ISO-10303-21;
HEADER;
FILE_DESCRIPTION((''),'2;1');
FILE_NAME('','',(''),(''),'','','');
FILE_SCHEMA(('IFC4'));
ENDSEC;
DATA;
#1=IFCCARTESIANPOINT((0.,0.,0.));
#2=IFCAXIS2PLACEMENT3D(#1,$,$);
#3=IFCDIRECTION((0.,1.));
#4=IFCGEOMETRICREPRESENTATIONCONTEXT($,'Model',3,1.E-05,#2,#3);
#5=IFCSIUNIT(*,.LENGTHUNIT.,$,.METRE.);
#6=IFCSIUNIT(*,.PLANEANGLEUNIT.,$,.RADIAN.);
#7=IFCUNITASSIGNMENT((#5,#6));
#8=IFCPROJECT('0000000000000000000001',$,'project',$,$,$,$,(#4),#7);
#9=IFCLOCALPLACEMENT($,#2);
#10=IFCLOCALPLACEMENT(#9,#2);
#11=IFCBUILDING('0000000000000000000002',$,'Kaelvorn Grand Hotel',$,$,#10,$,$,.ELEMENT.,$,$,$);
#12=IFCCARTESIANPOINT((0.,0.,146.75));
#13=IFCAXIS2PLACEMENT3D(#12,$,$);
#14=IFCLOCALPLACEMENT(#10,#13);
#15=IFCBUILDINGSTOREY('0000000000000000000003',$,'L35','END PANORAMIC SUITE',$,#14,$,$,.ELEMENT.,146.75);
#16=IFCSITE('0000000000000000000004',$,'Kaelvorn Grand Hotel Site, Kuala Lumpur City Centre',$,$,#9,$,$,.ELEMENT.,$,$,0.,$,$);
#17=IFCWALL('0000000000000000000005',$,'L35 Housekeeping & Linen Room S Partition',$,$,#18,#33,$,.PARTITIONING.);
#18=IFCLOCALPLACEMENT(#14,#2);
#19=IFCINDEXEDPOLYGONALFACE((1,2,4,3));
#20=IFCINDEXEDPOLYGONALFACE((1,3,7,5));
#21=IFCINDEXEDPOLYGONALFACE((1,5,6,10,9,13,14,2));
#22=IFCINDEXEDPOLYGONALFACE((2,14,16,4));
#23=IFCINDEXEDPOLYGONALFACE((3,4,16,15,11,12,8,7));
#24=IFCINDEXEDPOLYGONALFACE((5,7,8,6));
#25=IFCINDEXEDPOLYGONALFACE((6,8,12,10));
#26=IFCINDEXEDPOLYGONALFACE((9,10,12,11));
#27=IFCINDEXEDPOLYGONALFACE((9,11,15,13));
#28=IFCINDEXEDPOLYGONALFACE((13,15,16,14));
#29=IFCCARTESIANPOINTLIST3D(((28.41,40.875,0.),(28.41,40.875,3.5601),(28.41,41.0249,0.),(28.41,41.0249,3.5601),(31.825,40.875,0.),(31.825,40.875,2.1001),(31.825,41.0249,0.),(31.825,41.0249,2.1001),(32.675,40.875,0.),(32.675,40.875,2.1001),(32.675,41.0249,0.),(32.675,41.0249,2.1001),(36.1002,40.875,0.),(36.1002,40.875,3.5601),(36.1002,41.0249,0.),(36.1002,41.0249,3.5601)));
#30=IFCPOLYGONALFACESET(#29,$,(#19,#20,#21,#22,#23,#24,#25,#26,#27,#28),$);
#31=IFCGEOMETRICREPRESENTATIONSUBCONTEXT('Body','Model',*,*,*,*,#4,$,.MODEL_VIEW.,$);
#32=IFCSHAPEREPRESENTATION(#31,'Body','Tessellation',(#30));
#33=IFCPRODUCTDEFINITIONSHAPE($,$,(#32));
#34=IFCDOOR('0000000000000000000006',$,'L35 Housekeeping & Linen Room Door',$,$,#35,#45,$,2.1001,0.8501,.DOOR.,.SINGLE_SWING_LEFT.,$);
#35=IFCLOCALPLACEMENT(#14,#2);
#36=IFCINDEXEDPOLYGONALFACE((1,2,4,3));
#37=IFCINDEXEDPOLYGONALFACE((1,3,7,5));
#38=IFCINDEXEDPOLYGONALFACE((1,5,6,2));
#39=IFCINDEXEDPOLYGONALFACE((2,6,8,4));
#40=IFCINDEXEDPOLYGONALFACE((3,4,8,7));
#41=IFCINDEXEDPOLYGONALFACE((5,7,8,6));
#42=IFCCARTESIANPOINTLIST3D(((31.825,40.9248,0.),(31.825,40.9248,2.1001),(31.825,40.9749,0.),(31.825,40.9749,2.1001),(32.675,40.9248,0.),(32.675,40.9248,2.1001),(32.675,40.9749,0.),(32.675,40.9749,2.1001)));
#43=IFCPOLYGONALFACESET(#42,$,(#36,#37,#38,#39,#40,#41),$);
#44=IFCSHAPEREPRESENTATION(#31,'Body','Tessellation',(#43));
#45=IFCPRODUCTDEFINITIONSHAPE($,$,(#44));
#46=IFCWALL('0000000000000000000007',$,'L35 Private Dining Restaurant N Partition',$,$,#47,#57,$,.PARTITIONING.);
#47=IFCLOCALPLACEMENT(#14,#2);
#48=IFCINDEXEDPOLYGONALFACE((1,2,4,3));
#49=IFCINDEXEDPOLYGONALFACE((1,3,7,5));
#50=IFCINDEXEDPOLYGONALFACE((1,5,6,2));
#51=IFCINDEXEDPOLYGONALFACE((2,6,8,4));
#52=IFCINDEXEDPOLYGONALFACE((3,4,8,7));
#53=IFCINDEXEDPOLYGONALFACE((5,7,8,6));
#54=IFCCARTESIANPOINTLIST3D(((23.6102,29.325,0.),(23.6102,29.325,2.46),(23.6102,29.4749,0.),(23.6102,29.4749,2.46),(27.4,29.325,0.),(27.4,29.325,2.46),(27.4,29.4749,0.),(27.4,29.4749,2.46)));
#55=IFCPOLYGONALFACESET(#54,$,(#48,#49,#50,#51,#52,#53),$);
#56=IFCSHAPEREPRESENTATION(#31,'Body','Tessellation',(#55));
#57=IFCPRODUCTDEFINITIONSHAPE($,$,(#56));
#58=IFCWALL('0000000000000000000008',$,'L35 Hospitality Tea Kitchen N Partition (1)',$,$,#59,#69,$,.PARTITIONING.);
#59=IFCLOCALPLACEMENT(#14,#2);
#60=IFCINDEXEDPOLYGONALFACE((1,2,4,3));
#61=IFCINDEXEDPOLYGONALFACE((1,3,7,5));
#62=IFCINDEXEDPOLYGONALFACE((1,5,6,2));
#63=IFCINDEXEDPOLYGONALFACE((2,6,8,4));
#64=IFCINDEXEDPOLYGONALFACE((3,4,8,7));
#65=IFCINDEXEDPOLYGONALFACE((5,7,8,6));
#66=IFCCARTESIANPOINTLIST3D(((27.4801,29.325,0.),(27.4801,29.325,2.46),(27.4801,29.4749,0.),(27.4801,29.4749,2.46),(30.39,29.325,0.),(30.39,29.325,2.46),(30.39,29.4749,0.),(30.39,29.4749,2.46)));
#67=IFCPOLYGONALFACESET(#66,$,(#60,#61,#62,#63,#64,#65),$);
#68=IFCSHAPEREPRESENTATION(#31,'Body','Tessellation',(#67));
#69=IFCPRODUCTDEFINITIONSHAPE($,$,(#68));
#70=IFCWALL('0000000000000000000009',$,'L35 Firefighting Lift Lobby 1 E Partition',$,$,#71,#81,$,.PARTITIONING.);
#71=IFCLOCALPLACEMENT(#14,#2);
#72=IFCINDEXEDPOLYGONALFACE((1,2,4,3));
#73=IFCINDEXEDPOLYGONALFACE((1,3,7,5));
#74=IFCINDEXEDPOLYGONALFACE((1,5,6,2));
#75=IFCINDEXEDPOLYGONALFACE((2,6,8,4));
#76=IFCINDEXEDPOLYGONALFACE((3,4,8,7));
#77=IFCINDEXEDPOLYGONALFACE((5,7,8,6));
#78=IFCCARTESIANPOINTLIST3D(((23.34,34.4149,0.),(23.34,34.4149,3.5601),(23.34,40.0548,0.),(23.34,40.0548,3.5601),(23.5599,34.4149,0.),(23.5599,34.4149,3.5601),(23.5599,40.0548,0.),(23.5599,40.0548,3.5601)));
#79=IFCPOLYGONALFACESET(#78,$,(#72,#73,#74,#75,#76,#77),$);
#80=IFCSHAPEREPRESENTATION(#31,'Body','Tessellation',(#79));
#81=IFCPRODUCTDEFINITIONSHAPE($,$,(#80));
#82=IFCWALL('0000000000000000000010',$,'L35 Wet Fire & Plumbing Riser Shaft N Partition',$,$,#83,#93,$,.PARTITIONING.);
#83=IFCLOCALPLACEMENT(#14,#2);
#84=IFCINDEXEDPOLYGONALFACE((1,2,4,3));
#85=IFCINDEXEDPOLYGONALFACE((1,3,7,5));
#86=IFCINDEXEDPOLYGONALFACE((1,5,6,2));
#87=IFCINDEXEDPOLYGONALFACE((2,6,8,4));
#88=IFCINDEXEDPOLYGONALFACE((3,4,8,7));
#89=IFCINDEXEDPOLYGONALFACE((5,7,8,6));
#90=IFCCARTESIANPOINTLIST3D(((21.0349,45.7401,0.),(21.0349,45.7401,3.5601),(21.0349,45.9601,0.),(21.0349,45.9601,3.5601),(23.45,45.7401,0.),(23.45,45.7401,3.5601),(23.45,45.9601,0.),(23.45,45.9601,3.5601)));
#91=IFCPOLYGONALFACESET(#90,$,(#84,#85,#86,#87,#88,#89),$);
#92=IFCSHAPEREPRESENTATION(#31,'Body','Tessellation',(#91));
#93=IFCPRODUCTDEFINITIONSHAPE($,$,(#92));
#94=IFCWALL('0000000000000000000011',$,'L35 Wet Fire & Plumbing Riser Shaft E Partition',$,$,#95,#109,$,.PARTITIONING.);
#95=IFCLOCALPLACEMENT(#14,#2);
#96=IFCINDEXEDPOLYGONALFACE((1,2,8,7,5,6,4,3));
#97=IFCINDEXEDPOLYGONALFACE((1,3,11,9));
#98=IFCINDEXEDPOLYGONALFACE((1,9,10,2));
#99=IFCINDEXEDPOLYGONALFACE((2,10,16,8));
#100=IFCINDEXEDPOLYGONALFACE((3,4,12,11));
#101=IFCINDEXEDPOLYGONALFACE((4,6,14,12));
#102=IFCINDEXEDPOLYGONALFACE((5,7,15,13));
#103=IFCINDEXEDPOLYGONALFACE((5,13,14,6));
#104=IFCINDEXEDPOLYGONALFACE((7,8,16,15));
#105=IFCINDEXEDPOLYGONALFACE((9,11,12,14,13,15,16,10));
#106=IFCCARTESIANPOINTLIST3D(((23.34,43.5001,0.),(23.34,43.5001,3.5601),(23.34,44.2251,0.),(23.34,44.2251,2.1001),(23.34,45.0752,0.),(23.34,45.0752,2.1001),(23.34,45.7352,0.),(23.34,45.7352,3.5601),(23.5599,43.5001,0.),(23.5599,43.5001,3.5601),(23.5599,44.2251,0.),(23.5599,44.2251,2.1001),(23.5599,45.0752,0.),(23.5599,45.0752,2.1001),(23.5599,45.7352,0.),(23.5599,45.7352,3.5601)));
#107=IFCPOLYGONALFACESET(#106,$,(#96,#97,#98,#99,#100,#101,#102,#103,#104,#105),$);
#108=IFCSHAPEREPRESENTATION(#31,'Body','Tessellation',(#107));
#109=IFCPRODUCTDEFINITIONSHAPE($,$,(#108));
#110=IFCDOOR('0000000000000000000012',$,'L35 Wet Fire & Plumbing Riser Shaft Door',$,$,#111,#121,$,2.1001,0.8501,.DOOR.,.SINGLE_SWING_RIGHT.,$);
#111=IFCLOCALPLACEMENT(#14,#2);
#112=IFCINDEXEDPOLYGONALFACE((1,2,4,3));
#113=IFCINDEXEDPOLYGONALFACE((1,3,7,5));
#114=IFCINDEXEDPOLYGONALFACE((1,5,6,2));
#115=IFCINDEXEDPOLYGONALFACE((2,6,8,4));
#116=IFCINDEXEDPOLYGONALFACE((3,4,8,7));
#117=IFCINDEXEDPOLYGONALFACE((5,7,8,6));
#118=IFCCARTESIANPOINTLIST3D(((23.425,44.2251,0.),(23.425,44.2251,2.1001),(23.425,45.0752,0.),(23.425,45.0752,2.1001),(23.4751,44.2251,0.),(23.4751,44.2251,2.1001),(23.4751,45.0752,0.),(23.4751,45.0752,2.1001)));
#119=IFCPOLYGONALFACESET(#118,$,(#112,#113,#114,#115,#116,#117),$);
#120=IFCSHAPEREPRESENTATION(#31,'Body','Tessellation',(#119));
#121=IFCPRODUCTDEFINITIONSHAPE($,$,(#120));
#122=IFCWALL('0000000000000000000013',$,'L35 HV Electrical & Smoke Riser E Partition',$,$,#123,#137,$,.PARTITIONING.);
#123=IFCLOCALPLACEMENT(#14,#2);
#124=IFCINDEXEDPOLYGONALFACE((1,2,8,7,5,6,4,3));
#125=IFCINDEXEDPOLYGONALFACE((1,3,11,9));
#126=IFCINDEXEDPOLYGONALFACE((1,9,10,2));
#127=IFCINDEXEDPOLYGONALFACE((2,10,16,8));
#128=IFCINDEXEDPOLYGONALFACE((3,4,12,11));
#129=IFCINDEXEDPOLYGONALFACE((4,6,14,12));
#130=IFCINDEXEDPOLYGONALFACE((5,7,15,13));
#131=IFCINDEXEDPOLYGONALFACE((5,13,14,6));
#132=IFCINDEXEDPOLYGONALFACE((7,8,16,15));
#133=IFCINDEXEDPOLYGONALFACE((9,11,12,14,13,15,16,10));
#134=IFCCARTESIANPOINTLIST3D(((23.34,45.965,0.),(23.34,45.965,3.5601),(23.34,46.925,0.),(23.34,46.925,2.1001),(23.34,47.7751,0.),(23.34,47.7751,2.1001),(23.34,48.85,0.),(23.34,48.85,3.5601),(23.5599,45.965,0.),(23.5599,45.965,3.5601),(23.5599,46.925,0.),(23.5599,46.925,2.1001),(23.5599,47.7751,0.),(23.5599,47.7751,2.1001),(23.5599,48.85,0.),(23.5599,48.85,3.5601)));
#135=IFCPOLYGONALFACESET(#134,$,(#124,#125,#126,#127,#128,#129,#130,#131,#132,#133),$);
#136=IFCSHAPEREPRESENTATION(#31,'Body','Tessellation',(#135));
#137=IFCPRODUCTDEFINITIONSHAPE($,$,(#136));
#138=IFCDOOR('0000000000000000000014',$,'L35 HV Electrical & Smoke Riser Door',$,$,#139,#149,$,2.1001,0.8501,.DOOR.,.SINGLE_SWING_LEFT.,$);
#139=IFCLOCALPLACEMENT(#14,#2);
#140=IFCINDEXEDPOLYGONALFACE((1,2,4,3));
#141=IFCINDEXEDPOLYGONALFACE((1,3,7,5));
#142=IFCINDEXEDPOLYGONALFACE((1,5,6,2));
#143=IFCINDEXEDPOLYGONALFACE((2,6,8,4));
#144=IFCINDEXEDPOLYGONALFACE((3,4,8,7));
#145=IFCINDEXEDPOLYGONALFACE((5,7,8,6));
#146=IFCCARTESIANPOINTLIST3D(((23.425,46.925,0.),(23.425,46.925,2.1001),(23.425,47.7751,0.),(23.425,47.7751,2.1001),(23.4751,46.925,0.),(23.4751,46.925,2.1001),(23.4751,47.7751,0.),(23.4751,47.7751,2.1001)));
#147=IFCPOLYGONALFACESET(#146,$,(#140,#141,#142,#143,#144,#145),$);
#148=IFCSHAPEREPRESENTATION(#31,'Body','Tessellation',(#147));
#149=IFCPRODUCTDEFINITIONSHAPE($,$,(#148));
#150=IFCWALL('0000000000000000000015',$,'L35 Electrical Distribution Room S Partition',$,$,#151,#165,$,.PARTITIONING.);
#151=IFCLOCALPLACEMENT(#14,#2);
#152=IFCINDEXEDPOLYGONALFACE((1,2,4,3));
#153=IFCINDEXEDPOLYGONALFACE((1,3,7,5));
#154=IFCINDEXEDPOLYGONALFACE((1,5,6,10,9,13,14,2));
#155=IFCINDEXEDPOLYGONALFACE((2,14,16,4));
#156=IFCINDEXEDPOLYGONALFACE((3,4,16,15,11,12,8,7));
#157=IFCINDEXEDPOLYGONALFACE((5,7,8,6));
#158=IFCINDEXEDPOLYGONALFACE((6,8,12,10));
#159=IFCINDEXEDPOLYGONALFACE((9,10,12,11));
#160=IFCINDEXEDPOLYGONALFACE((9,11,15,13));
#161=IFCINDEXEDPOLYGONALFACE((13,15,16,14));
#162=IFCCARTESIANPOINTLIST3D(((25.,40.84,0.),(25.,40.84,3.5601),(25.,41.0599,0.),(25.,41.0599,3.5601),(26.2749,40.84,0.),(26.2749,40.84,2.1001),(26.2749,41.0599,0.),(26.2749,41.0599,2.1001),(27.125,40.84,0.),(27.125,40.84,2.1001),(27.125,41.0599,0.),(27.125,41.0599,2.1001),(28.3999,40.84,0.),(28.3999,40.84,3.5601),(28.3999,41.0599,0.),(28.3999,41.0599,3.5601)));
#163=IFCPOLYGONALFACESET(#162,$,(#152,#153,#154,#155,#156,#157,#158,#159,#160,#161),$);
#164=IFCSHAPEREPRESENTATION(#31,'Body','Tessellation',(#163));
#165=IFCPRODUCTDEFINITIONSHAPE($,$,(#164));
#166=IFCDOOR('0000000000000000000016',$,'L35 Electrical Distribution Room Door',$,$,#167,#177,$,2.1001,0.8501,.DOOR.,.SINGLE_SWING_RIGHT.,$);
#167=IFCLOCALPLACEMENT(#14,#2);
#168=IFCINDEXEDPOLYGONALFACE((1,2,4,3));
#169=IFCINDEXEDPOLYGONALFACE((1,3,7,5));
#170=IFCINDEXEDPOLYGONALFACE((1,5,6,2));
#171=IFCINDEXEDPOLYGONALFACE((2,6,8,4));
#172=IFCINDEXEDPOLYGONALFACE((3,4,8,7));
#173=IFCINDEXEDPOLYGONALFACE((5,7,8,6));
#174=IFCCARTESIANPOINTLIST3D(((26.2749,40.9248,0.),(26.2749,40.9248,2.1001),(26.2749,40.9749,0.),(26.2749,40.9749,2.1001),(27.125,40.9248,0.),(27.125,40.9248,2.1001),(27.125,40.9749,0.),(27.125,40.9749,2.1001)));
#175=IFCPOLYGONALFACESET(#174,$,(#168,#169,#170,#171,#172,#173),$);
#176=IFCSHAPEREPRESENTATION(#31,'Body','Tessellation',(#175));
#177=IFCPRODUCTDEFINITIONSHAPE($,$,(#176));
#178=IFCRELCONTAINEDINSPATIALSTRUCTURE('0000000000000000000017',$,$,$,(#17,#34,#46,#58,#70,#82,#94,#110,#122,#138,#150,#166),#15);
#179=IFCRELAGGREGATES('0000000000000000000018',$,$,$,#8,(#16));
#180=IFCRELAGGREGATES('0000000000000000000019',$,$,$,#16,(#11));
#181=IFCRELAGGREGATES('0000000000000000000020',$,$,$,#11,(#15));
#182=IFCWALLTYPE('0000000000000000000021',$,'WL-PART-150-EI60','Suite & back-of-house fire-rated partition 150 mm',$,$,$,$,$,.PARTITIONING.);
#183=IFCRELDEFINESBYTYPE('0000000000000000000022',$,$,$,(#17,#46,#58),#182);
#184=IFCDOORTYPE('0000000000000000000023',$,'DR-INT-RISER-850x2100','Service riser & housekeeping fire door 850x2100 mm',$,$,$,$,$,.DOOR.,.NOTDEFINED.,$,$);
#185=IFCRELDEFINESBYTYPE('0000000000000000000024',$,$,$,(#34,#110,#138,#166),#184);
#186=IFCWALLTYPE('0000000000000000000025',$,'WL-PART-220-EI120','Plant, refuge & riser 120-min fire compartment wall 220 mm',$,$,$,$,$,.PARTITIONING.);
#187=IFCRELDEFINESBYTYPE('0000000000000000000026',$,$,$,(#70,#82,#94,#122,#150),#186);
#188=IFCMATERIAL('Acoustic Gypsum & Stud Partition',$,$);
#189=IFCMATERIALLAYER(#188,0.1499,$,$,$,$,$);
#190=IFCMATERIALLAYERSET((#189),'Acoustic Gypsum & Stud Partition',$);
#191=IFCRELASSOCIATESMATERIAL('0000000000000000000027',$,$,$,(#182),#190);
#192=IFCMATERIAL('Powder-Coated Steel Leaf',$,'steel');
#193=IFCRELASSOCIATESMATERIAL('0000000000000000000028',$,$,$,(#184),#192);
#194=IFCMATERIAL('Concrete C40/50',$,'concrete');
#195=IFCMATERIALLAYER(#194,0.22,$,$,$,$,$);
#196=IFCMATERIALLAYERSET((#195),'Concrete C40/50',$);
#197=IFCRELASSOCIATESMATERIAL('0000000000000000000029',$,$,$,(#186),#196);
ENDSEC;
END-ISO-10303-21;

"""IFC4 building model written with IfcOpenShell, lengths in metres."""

from ifc_helpers import new_model, si_unit, direction, frame, frame_2d, origin, place, context, subcontext, project, spatial, rectangle, extrude, material, layer, layer_set, type_object, element, fill, save


model = new_model("IFC4")

# Units and contexts
model_context = context("Model", 3, precision=1e-05, world=origin(), true_north=direction((0.0, 1.0)))
body_context = subcontext(model_context, "Body", "Model", "MODEL_VIEW")
ifc_project = project(units=[si_unit("LENGTHUNIT", "METRE"), si_unit("PLANEANGLEUNIT", "RADIAN")], contexts=[model_context])

# Site, building, storey
site_placement = place(None, origin())
site = spatial("IfcSite", under=ifc_project, at=site_placement, Name="Kaelvorn Grand Hotel Site, Kuala Lumpur City Centre", CompositionType="ELEMENT", RefElevation=0.0)
building_placement = place(site_placement, origin())
building = spatial("IfcBuilding", under=site, at=building_placement, Name="Kaelvorn Grand Hotel", CompositionType="ELEMENT")
storey_placement = place(building_placement, frame((0.0, 0.0, 146.75)))
storey = spatial("IfcBuildingStorey", under=building, at=storey_placement, Name="L35", Description="END PANORAMIC SUITE", CompositionType="ELEMENT", Elevation=146.75)

# Shared definitions
ifc_material_1 = material(Name="Acoustic Gypsum & Stud Partition")
ifc_layer_1 = layer(ifc_material_1, 0.1499)
ifc_layer_set_1 = layer_set([ifc_layer_1], Name="Acoustic Gypsum & Stud Partition")
wall_type_1 = type_object("IfcWallType", Name="WL-PART-150-EI60", Description="Suite & back-of-house fire-rated partition 150 mm", PredefinedType="PARTITIONING", material=ifc_layer_set_1)

# Wall, opening, door
wall_1_placement = place(storey_placement, frame((28.4099, 40.95, 0.0), z_axis=(0.0, 0.0, 1.0), x_axis=(1.0, 0.0, 0.0)))
wall_1 = element("IfcWall", 1, at=wall_1_placement, inside=storey, type_object=wall_type_1, Name="L35 Housekeeping & Linen Room S Partition", PredefinedType="PARTITIONING", context=body_context, shape_type="SweptSolid", body=[
    extrude(rectangle(XDim=7.6902, YDim=0.1499, at=frame_2d((3.8452, 0.0))), origin(), (0.0, 0.0, 1.0), 3.5601),
])
opening_1_placement = place(wall_1_placement, frame((3.415, 0.0, 0.0)))
opening_1 = element("IfcOpeningElement", 2, at=opening_1_placement, cuts=wall_1, PredefinedType="OPENING", context=body_context, shape_type="SweptSolid", body=[
    extrude(rectangle(XDim=0.8501, YDim=2.1001, at=frame_2d((0.425, 1.05))), frame((0.0, 0.085, 0.0), z_axis=(0.0, -1.0, 0.0), x_axis=(1.0, 0.0, 0.0)), (0.0, 0.0, 1.0), 0.1699),
])
ifc_material_2 = material(Name="Powder-Coated Steel Leaf", Category="steel")
door_type_1 = type_object("IfcDoorType", Name="DR-INT-RISER-850x2100", Description="Service riser & housekeeping fire door 850x2100 mm", OperationType="NOTDEFINED", PredefinedType="DOOR", material=ifc_material_2)
door_1_placement = place(opening_1_placement, origin())
door_1 = element("IfcDoor", 3, at=door_1_placement, inside=storey, type_object=door_type_1, Name="L35 Housekeeping & Linen Room Door", OperationType="SINGLE_SWING_LEFT", OverallHeight=2.1001, OverallWidth=0.8501, PredefinedType="DOOR", context=body_context, shape_type="SweptSolid", body=[
    extrude(rectangle(XDim=0.8501, YDim=2.1001, at=frame_2d((0.425, 1.05))), frame((0.0, 0.0249, 0.0), z_axis=(0.0, -1.0, 0.0), x_axis=(1.0, 0.0, 0.0)), (0.0, 0.0, 1.0), 0.05),
])
fill(opening_1, door_1)

# Walls
wall_2_placement = place(storey_placement, frame((23.6101, 29.3999, 0.0), z_axis=(0.0, 0.0, 1.0), x_axis=(1.0, 0.0, 0.0)))
element("IfcWall", 4, at=wall_2_placement, inside=storey, type_object=wall_type_1, Name="L35 Private Dining Restaurant N Partition", PredefinedType="PARTITIONING", context=body_context, shape_type="SweptSolid", body=[
    extrude(rectangle(XDim=3.7898, YDim=0.1499, at=frame_2d((1.895, 0.0))), origin(), (0.0, 0.0, 1.0), 2.46),
])
wall_3_placement = place(storey_placement, frame((27.48, 29.3999, 0.0), z_axis=(0.0, 0.0, 1.0), x_axis=(1.0, 0.0, 0.0)))
element("IfcWall", 5, at=wall_3_placement, inside=storey, type_object=wall_type_1, Name="L35 Hospitality Tea Kitchen N Partition (1)", PredefinedType="PARTITIONING", context=body_context, shape_type="SweptSolid", body=[
    extrude(rectangle(XDim=2.9099, YDim=0.1499, at=frame_2d((1.4551, 0.0))), origin(), (0.0, 0.0, 1.0), 2.46),
])
ifc_material_3 = material(Name="Concrete C40/50", Category="concrete")
ifc_layer_2 = layer(ifc_material_3, 0.22)
ifc_layer_set_2 = layer_set([ifc_layer_2], Name="Concrete C40/50")
wall_type_2 = type_object("IfcWallType", Name="WL-PART-220-EI120", Description="Plant, refuge & riser 120-min fire compartment wall 220 mm", PredefinedType="PARTITIONING", material=ifc_layer_set_2)
wall_4_placement = place(storey_placement, frame((23.45, 34.415, 0.0), z_axis=(0.0, 0.0, 1.0), x_axis=(0.0, 1.0, 0.0)))
element("IfcWall", 6, at=wall_4_placement, inside=storey, type_object=wall_type_2, Name="L35 Firefighting Lift Lobby 1 E Partition", PredefinedType="PARTITIONING", context=body_context, shape_type="SweptSolid", body=[
    extrude(rectangle(XDim=5.6399, YDim=0.22, at=frame_2d((2.8198, 0.0))), origin(), (0.0, 0.0, 1.0), 3.5601),
])
wall_5_placement = place(storey_placement, frame((21.0349, 45.8501, 0.0), z_axis=(0.0, 0.0, 1.0), x_axis=(1.0, 0.0, 0.0)))
element("IfcWall", 7, at=wall_5_placement, inside=storey, type_object=wall_type_2, Name="L35 Wet Fire & Plumbing Riser Shaft N Partition", PredefinedType="PARTITIONING", context=body_context, shape_type="SweptSolid", body=[
    extrude(rectangle(XDim=2.415, YDim=0.22, at=frame_2d((1.2075, 0.0))), origin(), (0.0, 0.0, 1.0), 3.5601),
])

# Walls, openings, doors
wall_6_placement = place(storey_placement, frame((23.45, 43.5, 0.0), z_axis=(0.0, 0.0, 1.0), x_axis=(0.0, 1.0, 0.0)))
wall_6 = element("IfcWall", 8, at=wall_6_placement, inside=storey, type_object=wall_type_2, Name="L35 Wet Fire & Plumbing Riser Shaft E Partition", PredefinedType="PARTITIONING", context=body_context, shape_type="SweptSolid", body=[
    extrude(rectangle(XDim=2.2351, YDim=0.22, at=frame_2d((1.1177, 0.0))), origin(), (0.0, 0.0, 1.0), 3.5601),
])
opening_2_placement = place(wall_6_placement, frame((0.7251, 0.0, 0.0)))
opening_2 = element("IfcOpeningElement", 9, at=opening_2_placement, cuts=wall_6, PredefinedType="OPENING", context=body_context, shape_type="SweptSolid", body=[
    extrude(rectangle(XDim=0.8501, YDim=2.1001, at=frame_2d((0.425, 1.05))), frame((0.0, 0.1201, 0.0), z_axis=(0.0, -1.0, 0.0), x_axis=(1.0, 0.0, 0.0)), (0.0, 0.0, 1.0), 0.24),
])
door_2_placement = place(opening_2_placement, origin())
door_2 = element("IfcDoor", 10, at=door_2_placement, inside=storey, type_object=door_type_1, Name="L35 Wet Fire & Plumbing Riser Shaft Door", OperationType="SINGLE_SWING_RIGHT", OverallHeight=2.1001, OverallWidth=0.8501, PredefinedType="DOOR", context=body_context, shape_type="SweptSolid", body=[
    extrude(rectangle(XDim=0.8501, YDim=2.1001, at=frame_2d((0.425, 1.05))), frame((0.0, 0.0249, 0.0), z_axis=(0.0, -1.0, 0.0), x_axis=(1.0, 0.0, 0.0)), (0.0, 0.0, 1.0), 0.05),
])
fill(opening_2, door_2)
wall_7_placement = place(storey_placement, frame((23.45, 45.9651, 0.0), z_axis=(0.0, 0.0, 1.0), x_axis=(0.0, 1.0, 0.0)))
wall_7 = element("IfcWall", 11, at=wall_7_placement, inside=storey, type_object=wall_type_2, Name="L35 HV Electrical & Smoke Riser E Partition", PredefinedType="PARTITIONING", context=body_context, shape_type="SweptSolid", body=[
    extrude(rectangle(XDim=2.885, YDim=0.22, at=frame_2d((1.4424, 0.0))), origin(), (0.0, 0.0, 1.0), 3.5601),
])
opening_3_placement = place(wall_7_placement, frame((0.96, 0.0, 0.0)))
opening_3 = element("IfcOpeningElement", 12, at=opening_3_placement, cuts=wall_7, PredefinedType="OPENING", context=body_context, shape_type="SweptSolid", body=[
    extrude(rectangle(XDim=0.8501, YDim=2.1001, at=frame_2d((0.425, 1.05))), frame((0.0, 0.1201, 0.0), z_axis=(0.0, -1.0, 0.0), x_axis=(1.0, 0.0, 0.0)), (0.0, 0.0, 1.0), 0.24),
])
door_3_placement = place(opening_3_placement, origin())
door_3 = element("IfcDoor", 13, at=door_3_placement, inside=storey, type_object=door_type_1, Name="L35 HV Electrical & Smoke Riser Door", OperationType="SINGLE_SWING_LEFT", OverallHeight=2.1001, OverallWidth=0.8501, PredefinedType="DOOR", context=body_context, shape_type="SweptSolid", body=[
    extrude(rectangle(XDim=0.8501, YDim=2.1001, at=frame_2d((0.425, 1.05))), frame((0.0, 0.0249, 0.0), z_axis=(0.0, -1.0, 0.0), x_axis=(1.0, 0.0, 0.0)), (0.0, 0.0, 1.0), 0.05),
])
fill(opening_3, door_3)
wall_8_placement = place(storey_placement, frame((25.0, 40.95, 0.0), z_axis=(0.0, 0.0, 1.0), x_axis=(1.0, 0.0, 0.0)))
wall_8 = element("IfcWall", 14, at=wall_8_placement, inside=storey, type_object=wall_type_2, Name="L35 Electrical Distribution Room S Partition", PredefinedType="PARTITIONING", context=body_context, shape_type="SweptSolid", body=[
    extrude(rectangle(XDim=3.3999, YDim=0.22, at=frame_2d((1.7, 0.0))), origin(), (0.0, 0.0, 1.0), 3.5601),
])
opening_4_placement = place(wall_8_placement, frame((1.2749, 0.0, 0.0)))
opening_4 = element("IfcOpeningElement", 15, at=opening_4_placement, cuts=wall_8, PredefinedType="OPENING", context=body_context, shape_type="SweptSolid", body=[
    extrude(rectangle(XDim=0.8501, YDim=2.1001, at=frame_2d((0.425, 1.05))), frame((0.0, 0.1201, 0.0), z_axis=(0.0, -1.0, 0.0), x_axis=(1.0, 0.0, 0.0)), (0.0, 0.0, 1.0), 0.24),
])
door_4_placement = place(opening_4_placement, origin())
door_4 = element("IfcDoor", 16, at=door_4_placement, inside=storey, type_object=door_type_1, Name="L35 Electrical Distribution Room Door", OperationType="SINGLE_SWING_RIGHT", OverallHeight=2.1001, OverallWidth=0.8501, PredefinedType="DOOR", context=body_context, shape_type="SweptSolid", body=[
    extrude(rectangle(XDim=0.8501, YDim=2.1001, at=frame_2d((0.425, 1.05))), frame((0.0, 0.0249, 0.0), z_axis=(0.0, -1.0, 0.0), x_axis=(1.0, 0.0, 0.0)), (0.0, 0.0, 1.0), 0.05),
])
fill(opening_4, door_4)

save(model, "model.ifc")
